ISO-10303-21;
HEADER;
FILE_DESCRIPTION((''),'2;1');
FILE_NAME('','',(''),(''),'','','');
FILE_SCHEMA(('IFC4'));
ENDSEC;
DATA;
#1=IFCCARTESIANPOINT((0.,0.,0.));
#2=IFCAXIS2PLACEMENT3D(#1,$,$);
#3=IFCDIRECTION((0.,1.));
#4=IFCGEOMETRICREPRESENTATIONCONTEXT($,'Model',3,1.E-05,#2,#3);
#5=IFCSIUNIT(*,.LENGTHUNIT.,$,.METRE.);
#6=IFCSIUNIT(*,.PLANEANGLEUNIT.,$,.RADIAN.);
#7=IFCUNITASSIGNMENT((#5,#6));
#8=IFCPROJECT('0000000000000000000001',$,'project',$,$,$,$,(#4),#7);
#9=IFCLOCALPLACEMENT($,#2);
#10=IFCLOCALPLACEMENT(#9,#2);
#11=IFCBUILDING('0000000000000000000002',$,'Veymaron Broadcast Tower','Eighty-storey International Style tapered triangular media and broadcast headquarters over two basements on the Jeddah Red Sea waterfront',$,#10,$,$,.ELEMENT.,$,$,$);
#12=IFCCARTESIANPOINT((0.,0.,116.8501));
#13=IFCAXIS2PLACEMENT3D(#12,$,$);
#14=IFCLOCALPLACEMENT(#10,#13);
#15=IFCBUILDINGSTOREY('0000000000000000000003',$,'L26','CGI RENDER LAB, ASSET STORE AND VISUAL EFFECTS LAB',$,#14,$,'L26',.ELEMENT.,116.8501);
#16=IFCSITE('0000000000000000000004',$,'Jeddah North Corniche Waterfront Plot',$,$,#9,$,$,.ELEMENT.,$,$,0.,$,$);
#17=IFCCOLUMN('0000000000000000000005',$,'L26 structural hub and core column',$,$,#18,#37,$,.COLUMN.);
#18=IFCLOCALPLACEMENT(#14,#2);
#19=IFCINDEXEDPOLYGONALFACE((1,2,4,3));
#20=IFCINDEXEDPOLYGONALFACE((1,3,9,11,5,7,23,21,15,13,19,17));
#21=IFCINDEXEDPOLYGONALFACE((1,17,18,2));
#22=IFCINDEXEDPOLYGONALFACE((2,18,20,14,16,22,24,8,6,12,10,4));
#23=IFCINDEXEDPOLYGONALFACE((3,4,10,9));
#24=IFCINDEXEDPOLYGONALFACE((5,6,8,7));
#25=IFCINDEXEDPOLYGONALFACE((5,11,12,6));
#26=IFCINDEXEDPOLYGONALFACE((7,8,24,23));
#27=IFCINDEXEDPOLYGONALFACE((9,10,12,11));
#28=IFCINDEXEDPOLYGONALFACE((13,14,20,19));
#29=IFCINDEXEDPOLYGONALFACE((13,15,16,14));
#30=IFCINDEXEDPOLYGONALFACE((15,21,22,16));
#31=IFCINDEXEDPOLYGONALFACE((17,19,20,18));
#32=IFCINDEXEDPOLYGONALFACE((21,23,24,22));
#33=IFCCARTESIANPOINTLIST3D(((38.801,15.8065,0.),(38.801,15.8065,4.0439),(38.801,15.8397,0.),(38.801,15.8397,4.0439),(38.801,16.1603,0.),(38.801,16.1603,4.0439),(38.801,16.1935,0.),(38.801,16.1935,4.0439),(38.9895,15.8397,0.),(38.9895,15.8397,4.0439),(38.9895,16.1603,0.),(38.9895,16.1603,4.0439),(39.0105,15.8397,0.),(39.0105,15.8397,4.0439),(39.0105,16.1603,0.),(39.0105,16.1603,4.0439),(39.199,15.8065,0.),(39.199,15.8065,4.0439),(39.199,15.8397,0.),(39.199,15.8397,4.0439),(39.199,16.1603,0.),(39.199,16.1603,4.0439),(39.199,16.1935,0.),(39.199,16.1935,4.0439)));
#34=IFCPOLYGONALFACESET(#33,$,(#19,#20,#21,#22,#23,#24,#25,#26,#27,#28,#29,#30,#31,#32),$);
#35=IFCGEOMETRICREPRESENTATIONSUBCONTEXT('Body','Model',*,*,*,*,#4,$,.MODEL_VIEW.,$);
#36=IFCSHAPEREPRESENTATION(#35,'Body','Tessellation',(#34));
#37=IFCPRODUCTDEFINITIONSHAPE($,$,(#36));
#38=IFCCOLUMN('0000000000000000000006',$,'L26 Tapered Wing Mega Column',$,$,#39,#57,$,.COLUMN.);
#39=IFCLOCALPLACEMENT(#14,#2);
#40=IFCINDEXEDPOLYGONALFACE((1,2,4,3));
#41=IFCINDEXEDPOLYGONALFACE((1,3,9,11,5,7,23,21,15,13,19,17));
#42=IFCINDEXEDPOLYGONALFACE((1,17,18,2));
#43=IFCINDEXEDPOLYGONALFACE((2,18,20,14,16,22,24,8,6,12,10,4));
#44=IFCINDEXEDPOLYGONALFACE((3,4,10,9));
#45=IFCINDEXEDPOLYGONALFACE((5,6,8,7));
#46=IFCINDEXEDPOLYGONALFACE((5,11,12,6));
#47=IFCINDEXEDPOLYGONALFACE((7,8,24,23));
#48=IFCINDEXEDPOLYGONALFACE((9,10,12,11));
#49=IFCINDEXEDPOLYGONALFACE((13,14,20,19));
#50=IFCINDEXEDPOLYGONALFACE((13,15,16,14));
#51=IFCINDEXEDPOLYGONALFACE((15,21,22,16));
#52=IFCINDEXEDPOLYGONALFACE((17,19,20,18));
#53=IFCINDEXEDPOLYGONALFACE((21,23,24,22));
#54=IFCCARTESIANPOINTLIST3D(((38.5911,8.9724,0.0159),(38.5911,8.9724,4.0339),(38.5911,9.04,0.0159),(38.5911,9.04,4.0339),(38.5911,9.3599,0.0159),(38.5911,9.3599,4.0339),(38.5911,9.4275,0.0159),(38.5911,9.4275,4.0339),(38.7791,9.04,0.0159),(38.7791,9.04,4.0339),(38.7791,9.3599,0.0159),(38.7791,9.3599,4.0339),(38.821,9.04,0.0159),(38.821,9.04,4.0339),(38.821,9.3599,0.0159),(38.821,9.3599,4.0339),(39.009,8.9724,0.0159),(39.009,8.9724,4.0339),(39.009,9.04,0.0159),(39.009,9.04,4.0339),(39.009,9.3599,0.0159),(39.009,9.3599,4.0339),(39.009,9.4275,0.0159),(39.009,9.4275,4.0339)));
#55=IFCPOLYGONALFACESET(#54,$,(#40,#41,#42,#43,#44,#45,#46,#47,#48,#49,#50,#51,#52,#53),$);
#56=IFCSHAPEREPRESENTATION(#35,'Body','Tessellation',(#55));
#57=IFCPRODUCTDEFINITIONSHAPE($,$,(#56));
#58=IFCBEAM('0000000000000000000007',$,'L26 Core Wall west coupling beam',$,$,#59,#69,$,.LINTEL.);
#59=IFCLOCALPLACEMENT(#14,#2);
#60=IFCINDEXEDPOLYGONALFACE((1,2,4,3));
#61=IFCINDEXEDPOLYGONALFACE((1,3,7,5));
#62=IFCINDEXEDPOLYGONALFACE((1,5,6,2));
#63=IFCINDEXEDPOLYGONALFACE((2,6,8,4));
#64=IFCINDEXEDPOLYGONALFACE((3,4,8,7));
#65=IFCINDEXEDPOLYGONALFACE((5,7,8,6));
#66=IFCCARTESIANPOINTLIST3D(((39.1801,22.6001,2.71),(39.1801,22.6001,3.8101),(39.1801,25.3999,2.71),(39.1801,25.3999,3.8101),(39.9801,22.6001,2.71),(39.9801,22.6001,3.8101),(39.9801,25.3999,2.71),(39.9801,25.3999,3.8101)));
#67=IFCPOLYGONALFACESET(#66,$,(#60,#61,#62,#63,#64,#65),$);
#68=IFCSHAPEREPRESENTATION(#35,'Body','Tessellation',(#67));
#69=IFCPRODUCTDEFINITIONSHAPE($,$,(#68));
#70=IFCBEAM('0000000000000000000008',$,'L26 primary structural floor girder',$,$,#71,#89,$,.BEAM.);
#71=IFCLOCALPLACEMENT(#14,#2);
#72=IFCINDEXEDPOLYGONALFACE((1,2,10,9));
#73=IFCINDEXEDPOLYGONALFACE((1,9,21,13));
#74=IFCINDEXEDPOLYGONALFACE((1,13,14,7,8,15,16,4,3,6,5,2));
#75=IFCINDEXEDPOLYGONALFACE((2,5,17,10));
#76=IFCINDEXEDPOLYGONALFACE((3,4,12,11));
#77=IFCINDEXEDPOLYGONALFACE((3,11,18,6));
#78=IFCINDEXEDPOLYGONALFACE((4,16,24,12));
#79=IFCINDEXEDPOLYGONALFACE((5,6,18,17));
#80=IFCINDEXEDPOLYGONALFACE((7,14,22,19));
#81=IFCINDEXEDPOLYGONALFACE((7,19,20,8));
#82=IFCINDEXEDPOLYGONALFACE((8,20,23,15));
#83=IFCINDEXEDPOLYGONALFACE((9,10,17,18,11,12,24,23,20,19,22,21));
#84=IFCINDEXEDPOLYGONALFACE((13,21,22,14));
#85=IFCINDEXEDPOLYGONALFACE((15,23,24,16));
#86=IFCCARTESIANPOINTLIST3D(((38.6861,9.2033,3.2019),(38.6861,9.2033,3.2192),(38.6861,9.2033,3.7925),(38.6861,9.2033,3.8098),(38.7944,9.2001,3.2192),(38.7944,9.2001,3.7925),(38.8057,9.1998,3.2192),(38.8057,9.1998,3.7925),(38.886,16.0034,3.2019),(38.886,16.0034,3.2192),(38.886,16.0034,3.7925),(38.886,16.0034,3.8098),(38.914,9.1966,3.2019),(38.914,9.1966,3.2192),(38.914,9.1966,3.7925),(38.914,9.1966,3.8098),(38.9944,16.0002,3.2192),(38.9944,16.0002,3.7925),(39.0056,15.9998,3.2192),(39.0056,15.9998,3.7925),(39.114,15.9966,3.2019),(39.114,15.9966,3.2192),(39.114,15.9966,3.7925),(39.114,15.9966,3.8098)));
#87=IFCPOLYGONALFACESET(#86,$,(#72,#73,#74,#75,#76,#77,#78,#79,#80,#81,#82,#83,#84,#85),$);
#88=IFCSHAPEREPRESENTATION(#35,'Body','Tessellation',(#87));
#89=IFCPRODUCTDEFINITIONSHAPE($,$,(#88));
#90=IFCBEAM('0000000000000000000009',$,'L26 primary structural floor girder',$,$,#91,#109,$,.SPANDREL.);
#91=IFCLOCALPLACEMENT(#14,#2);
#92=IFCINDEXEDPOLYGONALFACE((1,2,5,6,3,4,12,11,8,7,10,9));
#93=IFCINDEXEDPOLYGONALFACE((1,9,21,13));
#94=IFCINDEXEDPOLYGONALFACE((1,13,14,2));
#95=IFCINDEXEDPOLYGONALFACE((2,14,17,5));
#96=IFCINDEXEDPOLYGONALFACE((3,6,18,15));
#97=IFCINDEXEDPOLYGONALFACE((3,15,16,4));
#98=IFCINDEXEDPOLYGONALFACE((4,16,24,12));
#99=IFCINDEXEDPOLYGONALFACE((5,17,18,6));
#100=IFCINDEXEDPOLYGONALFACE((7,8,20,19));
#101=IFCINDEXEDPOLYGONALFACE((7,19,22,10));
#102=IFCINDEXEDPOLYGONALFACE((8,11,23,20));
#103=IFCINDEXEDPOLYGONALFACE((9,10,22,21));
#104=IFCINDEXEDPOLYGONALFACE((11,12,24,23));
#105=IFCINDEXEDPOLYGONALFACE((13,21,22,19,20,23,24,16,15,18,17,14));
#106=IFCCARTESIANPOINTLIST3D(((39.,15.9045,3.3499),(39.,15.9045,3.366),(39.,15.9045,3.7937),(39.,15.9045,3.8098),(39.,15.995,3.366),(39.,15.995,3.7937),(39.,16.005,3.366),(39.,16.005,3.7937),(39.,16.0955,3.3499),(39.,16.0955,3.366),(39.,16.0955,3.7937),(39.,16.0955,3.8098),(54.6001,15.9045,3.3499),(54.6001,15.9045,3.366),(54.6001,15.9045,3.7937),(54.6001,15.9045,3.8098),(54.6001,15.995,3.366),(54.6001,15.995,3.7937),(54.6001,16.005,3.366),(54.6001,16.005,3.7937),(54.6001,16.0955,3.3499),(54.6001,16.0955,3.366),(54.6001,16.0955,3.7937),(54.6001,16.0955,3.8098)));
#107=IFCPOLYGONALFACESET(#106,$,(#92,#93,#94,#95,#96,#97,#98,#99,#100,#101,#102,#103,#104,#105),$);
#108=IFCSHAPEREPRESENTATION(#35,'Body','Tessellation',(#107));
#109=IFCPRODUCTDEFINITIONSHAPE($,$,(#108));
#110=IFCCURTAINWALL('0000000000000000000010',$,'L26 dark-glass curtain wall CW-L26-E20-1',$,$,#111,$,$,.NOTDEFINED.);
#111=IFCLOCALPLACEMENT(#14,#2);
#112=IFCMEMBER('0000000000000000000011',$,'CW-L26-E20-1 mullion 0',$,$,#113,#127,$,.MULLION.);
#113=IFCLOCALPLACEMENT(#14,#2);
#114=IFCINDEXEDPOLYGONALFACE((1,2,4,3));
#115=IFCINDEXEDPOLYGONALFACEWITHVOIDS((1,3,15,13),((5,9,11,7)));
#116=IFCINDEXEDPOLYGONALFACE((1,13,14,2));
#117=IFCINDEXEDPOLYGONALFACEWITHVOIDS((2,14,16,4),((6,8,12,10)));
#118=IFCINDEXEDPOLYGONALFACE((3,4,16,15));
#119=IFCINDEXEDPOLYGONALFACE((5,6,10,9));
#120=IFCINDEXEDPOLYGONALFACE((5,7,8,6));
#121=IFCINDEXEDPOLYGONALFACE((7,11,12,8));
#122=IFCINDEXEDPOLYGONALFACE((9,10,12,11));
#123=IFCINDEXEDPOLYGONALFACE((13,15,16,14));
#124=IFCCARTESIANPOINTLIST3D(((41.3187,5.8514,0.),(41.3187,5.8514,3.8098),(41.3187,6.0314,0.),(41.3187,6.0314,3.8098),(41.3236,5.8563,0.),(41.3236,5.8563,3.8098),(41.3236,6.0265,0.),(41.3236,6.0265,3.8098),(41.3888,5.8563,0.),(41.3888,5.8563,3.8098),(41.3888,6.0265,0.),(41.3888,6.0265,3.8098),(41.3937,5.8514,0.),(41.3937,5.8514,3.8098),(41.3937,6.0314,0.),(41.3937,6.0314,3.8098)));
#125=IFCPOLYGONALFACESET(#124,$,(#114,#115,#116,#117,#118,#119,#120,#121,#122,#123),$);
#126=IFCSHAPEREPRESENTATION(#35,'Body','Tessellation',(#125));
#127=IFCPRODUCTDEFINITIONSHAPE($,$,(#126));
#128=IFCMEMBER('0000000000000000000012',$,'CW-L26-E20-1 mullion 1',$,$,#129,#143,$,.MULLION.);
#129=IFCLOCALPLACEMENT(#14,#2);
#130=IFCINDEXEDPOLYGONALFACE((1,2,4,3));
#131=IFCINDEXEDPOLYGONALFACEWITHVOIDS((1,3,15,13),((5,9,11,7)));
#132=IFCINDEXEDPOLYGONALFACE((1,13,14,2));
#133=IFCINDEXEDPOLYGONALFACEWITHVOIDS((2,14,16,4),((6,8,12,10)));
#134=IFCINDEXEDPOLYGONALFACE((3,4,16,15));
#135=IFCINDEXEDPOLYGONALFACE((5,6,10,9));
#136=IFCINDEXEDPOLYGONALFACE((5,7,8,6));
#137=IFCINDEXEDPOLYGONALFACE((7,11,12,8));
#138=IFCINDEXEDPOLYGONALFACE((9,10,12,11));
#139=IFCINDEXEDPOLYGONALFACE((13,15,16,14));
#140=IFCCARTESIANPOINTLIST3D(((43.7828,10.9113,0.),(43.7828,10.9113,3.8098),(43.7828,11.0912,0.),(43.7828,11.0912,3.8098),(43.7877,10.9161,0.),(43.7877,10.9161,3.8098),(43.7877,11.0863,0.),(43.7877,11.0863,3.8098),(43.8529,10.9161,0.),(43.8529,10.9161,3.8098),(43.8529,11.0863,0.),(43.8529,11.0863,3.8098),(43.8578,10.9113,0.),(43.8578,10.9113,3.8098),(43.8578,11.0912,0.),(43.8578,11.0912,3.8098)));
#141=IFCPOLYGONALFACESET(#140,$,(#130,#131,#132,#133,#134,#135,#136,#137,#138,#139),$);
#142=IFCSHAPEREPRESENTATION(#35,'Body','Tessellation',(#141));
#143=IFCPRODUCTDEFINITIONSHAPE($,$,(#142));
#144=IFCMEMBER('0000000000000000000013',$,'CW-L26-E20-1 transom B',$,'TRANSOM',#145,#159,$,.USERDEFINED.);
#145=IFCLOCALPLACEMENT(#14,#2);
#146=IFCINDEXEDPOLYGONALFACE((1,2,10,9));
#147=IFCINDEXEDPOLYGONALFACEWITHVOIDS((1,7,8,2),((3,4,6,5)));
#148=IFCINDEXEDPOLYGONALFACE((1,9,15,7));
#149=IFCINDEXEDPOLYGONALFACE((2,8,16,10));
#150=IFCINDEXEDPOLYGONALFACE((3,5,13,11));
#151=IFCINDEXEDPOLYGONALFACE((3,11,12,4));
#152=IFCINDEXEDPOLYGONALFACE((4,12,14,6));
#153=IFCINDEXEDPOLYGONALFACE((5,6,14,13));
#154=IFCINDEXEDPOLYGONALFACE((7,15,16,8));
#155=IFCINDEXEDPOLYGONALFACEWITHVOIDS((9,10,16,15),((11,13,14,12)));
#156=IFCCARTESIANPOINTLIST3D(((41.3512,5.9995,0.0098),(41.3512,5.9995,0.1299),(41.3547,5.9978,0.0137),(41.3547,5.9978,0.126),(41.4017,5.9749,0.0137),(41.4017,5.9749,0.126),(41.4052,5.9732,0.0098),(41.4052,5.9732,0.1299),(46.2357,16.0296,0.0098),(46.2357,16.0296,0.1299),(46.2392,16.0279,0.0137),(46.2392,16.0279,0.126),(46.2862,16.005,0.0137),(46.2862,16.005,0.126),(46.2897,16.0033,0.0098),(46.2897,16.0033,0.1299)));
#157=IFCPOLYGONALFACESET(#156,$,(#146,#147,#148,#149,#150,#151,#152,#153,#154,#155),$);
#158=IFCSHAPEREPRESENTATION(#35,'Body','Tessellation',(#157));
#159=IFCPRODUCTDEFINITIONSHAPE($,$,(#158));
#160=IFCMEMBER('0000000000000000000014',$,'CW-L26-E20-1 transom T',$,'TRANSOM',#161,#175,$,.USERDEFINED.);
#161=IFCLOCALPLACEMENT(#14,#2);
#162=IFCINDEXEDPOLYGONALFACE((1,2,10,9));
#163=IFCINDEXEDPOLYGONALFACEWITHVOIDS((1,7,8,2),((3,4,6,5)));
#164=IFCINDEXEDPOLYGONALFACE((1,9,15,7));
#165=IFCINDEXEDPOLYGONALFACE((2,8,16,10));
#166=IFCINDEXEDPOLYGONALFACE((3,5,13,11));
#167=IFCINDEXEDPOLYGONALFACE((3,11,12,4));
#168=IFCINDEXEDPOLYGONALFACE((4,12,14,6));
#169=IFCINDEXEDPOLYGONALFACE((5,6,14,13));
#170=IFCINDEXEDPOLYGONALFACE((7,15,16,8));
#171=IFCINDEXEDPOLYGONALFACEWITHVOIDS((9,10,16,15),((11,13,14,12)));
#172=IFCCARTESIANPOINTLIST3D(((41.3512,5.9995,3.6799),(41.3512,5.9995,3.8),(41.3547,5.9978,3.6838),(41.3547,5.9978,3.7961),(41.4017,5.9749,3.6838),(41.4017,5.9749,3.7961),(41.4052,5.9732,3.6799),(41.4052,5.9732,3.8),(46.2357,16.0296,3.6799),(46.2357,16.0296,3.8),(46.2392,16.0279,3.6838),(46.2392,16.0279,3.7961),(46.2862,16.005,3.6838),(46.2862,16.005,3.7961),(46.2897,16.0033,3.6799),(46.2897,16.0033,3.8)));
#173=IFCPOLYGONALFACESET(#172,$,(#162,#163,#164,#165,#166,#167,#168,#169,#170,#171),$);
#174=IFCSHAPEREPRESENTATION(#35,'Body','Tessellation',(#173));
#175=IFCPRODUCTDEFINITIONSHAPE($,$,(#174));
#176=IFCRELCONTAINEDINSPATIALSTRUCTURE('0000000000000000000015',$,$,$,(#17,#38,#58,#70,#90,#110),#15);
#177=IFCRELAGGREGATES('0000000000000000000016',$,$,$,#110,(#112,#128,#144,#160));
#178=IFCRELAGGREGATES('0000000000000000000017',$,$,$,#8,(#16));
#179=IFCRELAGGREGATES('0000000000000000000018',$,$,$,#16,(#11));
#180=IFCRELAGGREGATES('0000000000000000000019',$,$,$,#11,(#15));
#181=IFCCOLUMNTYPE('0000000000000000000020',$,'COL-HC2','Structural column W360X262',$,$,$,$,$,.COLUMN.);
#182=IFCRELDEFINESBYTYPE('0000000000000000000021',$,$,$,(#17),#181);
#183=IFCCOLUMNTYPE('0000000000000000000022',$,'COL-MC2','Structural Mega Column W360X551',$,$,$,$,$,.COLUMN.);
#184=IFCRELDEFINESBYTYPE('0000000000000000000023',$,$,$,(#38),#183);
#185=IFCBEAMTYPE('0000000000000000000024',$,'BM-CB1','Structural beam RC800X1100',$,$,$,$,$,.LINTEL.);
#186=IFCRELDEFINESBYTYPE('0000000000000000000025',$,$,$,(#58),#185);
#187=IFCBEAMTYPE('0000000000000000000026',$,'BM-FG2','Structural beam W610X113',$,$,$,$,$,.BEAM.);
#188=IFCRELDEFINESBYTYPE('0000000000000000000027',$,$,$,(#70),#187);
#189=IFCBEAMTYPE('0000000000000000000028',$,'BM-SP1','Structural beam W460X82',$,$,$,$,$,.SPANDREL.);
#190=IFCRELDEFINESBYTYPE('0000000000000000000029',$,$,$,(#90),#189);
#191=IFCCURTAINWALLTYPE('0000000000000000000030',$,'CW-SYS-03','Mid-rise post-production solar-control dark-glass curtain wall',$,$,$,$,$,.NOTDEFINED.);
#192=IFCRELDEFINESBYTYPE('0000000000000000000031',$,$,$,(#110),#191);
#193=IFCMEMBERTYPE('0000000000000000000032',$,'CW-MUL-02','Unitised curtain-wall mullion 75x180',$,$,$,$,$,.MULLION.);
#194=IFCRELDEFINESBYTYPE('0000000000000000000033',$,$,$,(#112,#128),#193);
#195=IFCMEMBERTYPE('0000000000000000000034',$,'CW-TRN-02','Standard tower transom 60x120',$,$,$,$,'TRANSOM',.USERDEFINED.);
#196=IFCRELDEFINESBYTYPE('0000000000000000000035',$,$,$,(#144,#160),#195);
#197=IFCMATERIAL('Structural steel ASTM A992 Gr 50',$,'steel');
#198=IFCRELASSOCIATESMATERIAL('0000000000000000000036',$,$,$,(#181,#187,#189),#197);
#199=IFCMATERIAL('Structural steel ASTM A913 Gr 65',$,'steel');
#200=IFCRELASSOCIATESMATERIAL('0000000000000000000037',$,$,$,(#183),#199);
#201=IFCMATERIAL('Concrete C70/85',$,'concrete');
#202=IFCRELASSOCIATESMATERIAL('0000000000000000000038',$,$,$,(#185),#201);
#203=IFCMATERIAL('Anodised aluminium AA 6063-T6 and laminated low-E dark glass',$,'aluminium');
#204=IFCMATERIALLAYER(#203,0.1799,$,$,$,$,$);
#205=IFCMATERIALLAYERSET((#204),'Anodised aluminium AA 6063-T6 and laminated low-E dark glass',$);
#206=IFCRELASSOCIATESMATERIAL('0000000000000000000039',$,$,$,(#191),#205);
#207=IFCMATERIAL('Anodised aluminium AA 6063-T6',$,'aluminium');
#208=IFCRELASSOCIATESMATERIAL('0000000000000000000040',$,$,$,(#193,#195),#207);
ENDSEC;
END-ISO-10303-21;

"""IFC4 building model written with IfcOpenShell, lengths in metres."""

from ifc_helpers import new_model, si_unit, direction, frame, origin, origin_2d, place, context, subcontext, project, spatial, rectangle, hollow_rectangle, i_section, extrude, material, layer, layer_set, material_profile, profile_set, type_object, element, aggregate, save


model = new_model("IFC4")

# Units and contexts
model_context = context("Model", 3, precision=1e-05, world=origin(), true_north=direction((0.0, 1.0)))
body_context = subcontext(model_context, "Body", "Model", "MODEL_VIEW")
ifc_project = project(units=[si_unit("LENGTHUNIT", "METRE"), si_unit("PLANEANGLEUNIT", "RADIAN")], contexts=[model_context])

# Site, building, storey
site_placement = place(None, origin())
site = spatial("IfcSite", under=ifc_project, at=site_placement, Name="Jeddah North Corniche Waterfront Plot", CompositionType="ELEMENT", RefElevation=0.0)
building_placement = place(site_placement, origin())
building = spatial("IfcBuilding", under=site, at=building_placement, Name="Veymaron Broadcast Tower", Description="Eighty-storey International Style tapered triangular media and broadcast headquarters over two basements on the Jeddah Red Sea waterfront", CompositionType="ELEMENT")
storey_placement = place(building_placement, frame((0.0, 0.0, 116.8501)))
storey = spatial("IfcBuildingStorey", under=building, at=storey_placement, Name="L26", Description="CGI RENDER LAB, ASSET STORE AND VISUAL EFFECTS LAB", LongName="L26", CompositionType="ELEMENT", Elevation=116.8501)

# Columns
ifc_material_1 = material(Name="Structural steel ASTM A992 Gr 50", Category="steel")
ifc_material_profile_1 = material_profile(ifc_material_1, i_section(OverallWidth=0.3979, OverallDepth=0.387, WebThickness=0.021, FlangeThickness=0.0332, at=origin_2d()), Name="W360X262")
ifc_profile_set_1 = profile_set([ifc_material_profile_1], Name="Structural steel ASTM A992 Gr 50")
column_type_1 = type_object("IfcColumnType", Name="COL-HC2", Description="Structural column W360X262", PredefinedType="COLUMN", material=ifc_profile_set_1)
column_1_placement = place(storey_placement, frame((39.0, 16.0, 0.0), z_axis=(0.0, 0.0, 1.0), x_axis=(1.0, 0.0, 0.0)))
element("IfcColumn", 1, at=column_1_placement, inside=storey, type_object=column_type_1, Name="L26 structural hub and core column", PredefinedType="COLUMN", context=body_context, shape_type="SweptSolid", body=[
    extrude(i_section(OverallWidth=0.3979, OverallDepth=0.387, WebThickness=0.021, FlangeThickness=0.0332, at=origin_2d()), origin(), (0.0, 0.0, 1.0), 4.0439),
])
ifc_material_2 = material(Name="Structural steel ASTM A913 Gr 65", Category="steel")
ifc_material_profile_2 = material_profile(ifc_material_2, i_section(OverallWidth=0.418, OverallDepth=0.4551, WebThickness=0.042, FlangeThickness=0.0676, at=origin_2d()), Name="W360X551")
ifc_profile_set_2 = profile_set([ifc_material_profile_2], Name="Structural steel ASTM A913 Gr 65")
column_type_2 = type_object("IfcColumnType", Name="COL-MC2", Description="Structural Mega Column W360X551", PredefinedType="COLUMN", material=ifc_profile_set_2)
column_2_placement = place(storey_placement, frame((38.8, 9.2, 0.0159), z_axis=(0.0, 0.0, 1.0), x_axis=(1.0, 0.0, 0.0)))
element("IfcColumn", 2, at=column_2_placement, inside=storey, type_object=column_type_2, Name="L26 Tapered Wing Mega Column", PredefinedType="COLUMN", context=body_context, shape_type="SweptSolid", body=[
    extrude(i_section(OverallWidth=0.418, OverallDepth=0.4551, WebThickness=0.042, FlangeThickness=0.0676, at=origin_2d()), origin(), (0.0, 0.0, 1.0), 4.0181),
])

# Beams
ifc_material_3 = material(Name="Concrete C70/85", Category="concrete")
ifc_material_profile_3 = material_profile(ifc_material_3, rectangle(XDim=0.8, YDim=1.1001, at=origin_2d()), Name="RC800X1100")
ifc_profile_set_3 = profile_set([ifc_material_profile_3], Name="Concrete C70/85")
beam_type_1 = type_object("IfcBeamType", Name="BM-CB1", Description="Structural beam RC800X1100", PredefinedType="LINTEL", material=ifc_profile_set_3)
beam_1_placement = place(storey_placement, frame((39.5801, 22.6001, 3.26), z_axis=(0.0, 1.0, 0.0), x_axis=(-1.0, 0.0, 0.0)))
element("IfcBeam", 3, at=beam_1_placement, inside=storey, type_object=beam_type_1, Name="L26 Core Wall west coupling beam", PredefinedType="LINTEL", context=body_context, shape_type="SweptSolid", body=[
    extrude(rectangle(XDim=0.8, YDim=1.1001, at=origin_2d()), origin(), (0.0, 0.0, 1.0), 2.7998),
])
ifc_material_profile_4 = material_profile(ifc_material_1, i_section(OverallWidth=0.228, OverallDepth=0.6079, WebThickness=0.0112, FlangeThickness=0.0173, at=origin_2d()), Name="W610X113")
ifc_profile_set_4 = profile_set([ifc_material_profile_4], Name="Structural steel ASTM A992 Gr 50")
beam_type_2 = type_object("IfcBeamType", Name="BM-FG2", Description="Structural beam W610X113", PredefinedType="BEAM", material=ifc_profile_set_4)
beam_2_placement = place(storey_placement, frame((39.0, 16.0, 3.5059), z_axis=(-0.029392, -0.999568, 0.0), x_axis=(0.999568, -0.029392, 0.0)))
element("IfcBeam", 4, at=beam_2_placement, inside=storey, type_object=beam_type_2, Name="L26 primary structural floor girder", PredefinedType="BEAM", context=body_context, shape_type="SweptSolid", body=[
    extrude(i_section(OverallWidth=0.228, OverallDepth=0.6079, WebThickness=0.0112, FlangeThickness=0.0173, at=origin_2d()), origin(), (0.0, 0.0, 1.0), 6.803),
])
ifc_material_profile_5 = material_profile(ifc_material_1, i_section(OverallWidth=0.1909, OverallDepth=0.46, WebThickness=0.01, FlangeThickness=0.0161, at=origin_2d()), Name="W460X82")
ifc_profile_set_5 = profile_set([ifc_material_profile_5], Name="Structural steel ASTM A992 Gr 50")
beam_type_3 = type_object("IfcBeamType", Name="BM-SP1", Description="Structural beam W460X82", PredefinedType="SPANDREL", material=ifc_profile_set_5)
beam_3_placement = place(storey_placement, frame((39.0, 16.0, 3.5798), z_axis=(1.0, 0.0, 0.0), x_axis=(0.0, 1.0, 0.0)))
element("IfcBeam", 5, at=beam_3_placement, inside=storey, type_object=beam_type_3, Name="L26 primary structural floor girder", PredefinedType="SPANDREL", context=body_context, shape_type="SweptSolid", body=[
    extrude(i_section(OverallWidth=0.1909, OverallDepth=0.46, WebThickness=0.01, FlangeThickness=0.0161, at=origin_2d()), origin(), (0.0, 0.0, 1.0), 15.6001),
])

# Curtain wall, members
ifc_material_4 = material(Name="Anodised aluminium AA 6063-T6 and laminated low-E dark glass", Category="aluminium")
ifc_layer_1 = layer(ifc_material_4, 0.1799)
ifc_layer_set_1 = layer_set([ifc_layer_1], Name="Anodised aluminium AA 6063-T6 and laminated low-E dark glass")
curtain_wall_type = type_object("IfcCurtainWallType", Name="CW-SYS-03", Description="Mid-rise post-production solar-control dark-glass curtain wall", PredefinedType="NOTDEFINED", material=ifc_layer_set_1)
curtain_wall_placement = place(storey_placement, origin())
curtain_wall = element("IfcCurtainWall", 6, at=curtain_wall_placement, inside=storey, type_object=curtain_wall_type, Name="L26 dark-glass curtain wall CW-L26-E20-1", PredefinedType="NOTDEFINED")
ifc_material_5 = material(Name="Anodised aluminium AA 6063-T6", Category="aluminium")
ifc_material_profile_6 = material_profile(ifc_material_5, hollow_rectangle(XDim=0.075, YDim=0.1799, WallThickness=0.0049, at=origin_2d()), Name="AL180X75X5")
ifc_profile_set_6 = profile_set([ifc_material_profile_6], Name="Anodised aluminium AA 6063-T6")
member_type_1 = type_object("IfcMemberType", Name="CW-MUL-02", Description="Unitised curtain-wall mullion 75x180", PredefinedType="MULLION", material=ifc_profile_set_6)
member_1_placement = place(storey_placement, frame((41.3562, 5.9414, 0.0), z_axis=(0.0, 0.0, 1.0), x_axis=(1.0, 0.0, 0.0)))
member_1 = element("IfcMember", 7, at=member_1_placement, type_object=member_type_1, Name="CW-L26-E20-1 mullion 0", PredefinedType="MULLION", context=body_context, shape_type="SweptSolid", body=[
    extrude(hollow_rectangle(XDim=0.075, YDim=0.1799, WallThickness=0.0049, at=origin_2d()), origin(), (0.0, 0.0, 1.0), 3.8098),
])
member_2_placement = place(storey_placement, frame((43.8203, 11.0012, 0.0), z_axis=(0.0, 0.0, 1.0), x_axis=(1.0, 0.0, 0.0)))
member_2 = element("IfcMember", 8, at=member_2_placement, type_object=member_type_1, Name="CW-L26-E20-1 mullion 1", PredefinedType="MULLION", context=body_context, shape_type="SweptSolid", body=[
    extrude(hollow_rectangle(XDim=0.075, YDim=0.1799, WallThickness=0.0049, at=origin_2d()), origin(), (0.0, 0.0, 1.0), 3.8098),
])
ifc_material_profile_7 = material_profile(ifc_material_5, hollow_rectangle(XDim=0.0601, YDim=0.1201, WallThickness=0.0039, at=origin_2d()), Name="AL120X60X4")
ifc_profile_set_7 = profile_set([ifc_material_profile_7], Name="Anodised aluminium AA 6063-T6")
member_type_2 = type_object("IfcMemberType", Name="CW-TRN-02", Description="Standard tower transom 60x120", ElementType="TRANSOM", PredefinedType="USERDEFINED", material=ifc_profile_set_7)
member_3_placement = place(storey_placement, frame((41.3782, 5.9863, 0.0698), z_axis=(0.437832, 0.899057, 0.0), x_axis=(-0.899057, 0.437832, 0.0)))
member_3 = element("IfcMember", 9, at=member_3_placement, type_object=member_type_2, Name="CW-L26-E20-1 transom B", ObjectType="TRANSOM", PredefinedType="USERDEFINED", context=body_context, shape_type="SweptSolid", body=[
    extrude(hollow_rectangle(XDim=0.0601, YDim=0.1201, WallThickness=0.0039, at=origin_2d()), origin(), (0.0, 0.0, 1.0), 11.1562),
])
member_4_placement = place(storey_placement, frame((41.3782, 5.9863, 3.74), z_axis=(0.437832, 0.899057, 0.0), x_axis=(-0.899057, 0.437832, 0.0)))
member_4 = element("IfcMember", 10, at=member_4_placement, type_object=member_type_2, Name="CW-L26-E20-1 transom T", ObjectType="TRANSOM", PredefinedType="USERDEFINED", context=body_context, shape_type="SweptSolid", body=[
    extrude(hollow_rectangle(XDim=0.0601, YDim=0.1201, WallThickness=0.0039, at=origin_2d()), origin(), (0.0, 0.0, 1.0), 11.1562),
])
aggregate(curtain_wall, [member_1, member_2, member_3, member_4])

save(model, "model.ifc")
